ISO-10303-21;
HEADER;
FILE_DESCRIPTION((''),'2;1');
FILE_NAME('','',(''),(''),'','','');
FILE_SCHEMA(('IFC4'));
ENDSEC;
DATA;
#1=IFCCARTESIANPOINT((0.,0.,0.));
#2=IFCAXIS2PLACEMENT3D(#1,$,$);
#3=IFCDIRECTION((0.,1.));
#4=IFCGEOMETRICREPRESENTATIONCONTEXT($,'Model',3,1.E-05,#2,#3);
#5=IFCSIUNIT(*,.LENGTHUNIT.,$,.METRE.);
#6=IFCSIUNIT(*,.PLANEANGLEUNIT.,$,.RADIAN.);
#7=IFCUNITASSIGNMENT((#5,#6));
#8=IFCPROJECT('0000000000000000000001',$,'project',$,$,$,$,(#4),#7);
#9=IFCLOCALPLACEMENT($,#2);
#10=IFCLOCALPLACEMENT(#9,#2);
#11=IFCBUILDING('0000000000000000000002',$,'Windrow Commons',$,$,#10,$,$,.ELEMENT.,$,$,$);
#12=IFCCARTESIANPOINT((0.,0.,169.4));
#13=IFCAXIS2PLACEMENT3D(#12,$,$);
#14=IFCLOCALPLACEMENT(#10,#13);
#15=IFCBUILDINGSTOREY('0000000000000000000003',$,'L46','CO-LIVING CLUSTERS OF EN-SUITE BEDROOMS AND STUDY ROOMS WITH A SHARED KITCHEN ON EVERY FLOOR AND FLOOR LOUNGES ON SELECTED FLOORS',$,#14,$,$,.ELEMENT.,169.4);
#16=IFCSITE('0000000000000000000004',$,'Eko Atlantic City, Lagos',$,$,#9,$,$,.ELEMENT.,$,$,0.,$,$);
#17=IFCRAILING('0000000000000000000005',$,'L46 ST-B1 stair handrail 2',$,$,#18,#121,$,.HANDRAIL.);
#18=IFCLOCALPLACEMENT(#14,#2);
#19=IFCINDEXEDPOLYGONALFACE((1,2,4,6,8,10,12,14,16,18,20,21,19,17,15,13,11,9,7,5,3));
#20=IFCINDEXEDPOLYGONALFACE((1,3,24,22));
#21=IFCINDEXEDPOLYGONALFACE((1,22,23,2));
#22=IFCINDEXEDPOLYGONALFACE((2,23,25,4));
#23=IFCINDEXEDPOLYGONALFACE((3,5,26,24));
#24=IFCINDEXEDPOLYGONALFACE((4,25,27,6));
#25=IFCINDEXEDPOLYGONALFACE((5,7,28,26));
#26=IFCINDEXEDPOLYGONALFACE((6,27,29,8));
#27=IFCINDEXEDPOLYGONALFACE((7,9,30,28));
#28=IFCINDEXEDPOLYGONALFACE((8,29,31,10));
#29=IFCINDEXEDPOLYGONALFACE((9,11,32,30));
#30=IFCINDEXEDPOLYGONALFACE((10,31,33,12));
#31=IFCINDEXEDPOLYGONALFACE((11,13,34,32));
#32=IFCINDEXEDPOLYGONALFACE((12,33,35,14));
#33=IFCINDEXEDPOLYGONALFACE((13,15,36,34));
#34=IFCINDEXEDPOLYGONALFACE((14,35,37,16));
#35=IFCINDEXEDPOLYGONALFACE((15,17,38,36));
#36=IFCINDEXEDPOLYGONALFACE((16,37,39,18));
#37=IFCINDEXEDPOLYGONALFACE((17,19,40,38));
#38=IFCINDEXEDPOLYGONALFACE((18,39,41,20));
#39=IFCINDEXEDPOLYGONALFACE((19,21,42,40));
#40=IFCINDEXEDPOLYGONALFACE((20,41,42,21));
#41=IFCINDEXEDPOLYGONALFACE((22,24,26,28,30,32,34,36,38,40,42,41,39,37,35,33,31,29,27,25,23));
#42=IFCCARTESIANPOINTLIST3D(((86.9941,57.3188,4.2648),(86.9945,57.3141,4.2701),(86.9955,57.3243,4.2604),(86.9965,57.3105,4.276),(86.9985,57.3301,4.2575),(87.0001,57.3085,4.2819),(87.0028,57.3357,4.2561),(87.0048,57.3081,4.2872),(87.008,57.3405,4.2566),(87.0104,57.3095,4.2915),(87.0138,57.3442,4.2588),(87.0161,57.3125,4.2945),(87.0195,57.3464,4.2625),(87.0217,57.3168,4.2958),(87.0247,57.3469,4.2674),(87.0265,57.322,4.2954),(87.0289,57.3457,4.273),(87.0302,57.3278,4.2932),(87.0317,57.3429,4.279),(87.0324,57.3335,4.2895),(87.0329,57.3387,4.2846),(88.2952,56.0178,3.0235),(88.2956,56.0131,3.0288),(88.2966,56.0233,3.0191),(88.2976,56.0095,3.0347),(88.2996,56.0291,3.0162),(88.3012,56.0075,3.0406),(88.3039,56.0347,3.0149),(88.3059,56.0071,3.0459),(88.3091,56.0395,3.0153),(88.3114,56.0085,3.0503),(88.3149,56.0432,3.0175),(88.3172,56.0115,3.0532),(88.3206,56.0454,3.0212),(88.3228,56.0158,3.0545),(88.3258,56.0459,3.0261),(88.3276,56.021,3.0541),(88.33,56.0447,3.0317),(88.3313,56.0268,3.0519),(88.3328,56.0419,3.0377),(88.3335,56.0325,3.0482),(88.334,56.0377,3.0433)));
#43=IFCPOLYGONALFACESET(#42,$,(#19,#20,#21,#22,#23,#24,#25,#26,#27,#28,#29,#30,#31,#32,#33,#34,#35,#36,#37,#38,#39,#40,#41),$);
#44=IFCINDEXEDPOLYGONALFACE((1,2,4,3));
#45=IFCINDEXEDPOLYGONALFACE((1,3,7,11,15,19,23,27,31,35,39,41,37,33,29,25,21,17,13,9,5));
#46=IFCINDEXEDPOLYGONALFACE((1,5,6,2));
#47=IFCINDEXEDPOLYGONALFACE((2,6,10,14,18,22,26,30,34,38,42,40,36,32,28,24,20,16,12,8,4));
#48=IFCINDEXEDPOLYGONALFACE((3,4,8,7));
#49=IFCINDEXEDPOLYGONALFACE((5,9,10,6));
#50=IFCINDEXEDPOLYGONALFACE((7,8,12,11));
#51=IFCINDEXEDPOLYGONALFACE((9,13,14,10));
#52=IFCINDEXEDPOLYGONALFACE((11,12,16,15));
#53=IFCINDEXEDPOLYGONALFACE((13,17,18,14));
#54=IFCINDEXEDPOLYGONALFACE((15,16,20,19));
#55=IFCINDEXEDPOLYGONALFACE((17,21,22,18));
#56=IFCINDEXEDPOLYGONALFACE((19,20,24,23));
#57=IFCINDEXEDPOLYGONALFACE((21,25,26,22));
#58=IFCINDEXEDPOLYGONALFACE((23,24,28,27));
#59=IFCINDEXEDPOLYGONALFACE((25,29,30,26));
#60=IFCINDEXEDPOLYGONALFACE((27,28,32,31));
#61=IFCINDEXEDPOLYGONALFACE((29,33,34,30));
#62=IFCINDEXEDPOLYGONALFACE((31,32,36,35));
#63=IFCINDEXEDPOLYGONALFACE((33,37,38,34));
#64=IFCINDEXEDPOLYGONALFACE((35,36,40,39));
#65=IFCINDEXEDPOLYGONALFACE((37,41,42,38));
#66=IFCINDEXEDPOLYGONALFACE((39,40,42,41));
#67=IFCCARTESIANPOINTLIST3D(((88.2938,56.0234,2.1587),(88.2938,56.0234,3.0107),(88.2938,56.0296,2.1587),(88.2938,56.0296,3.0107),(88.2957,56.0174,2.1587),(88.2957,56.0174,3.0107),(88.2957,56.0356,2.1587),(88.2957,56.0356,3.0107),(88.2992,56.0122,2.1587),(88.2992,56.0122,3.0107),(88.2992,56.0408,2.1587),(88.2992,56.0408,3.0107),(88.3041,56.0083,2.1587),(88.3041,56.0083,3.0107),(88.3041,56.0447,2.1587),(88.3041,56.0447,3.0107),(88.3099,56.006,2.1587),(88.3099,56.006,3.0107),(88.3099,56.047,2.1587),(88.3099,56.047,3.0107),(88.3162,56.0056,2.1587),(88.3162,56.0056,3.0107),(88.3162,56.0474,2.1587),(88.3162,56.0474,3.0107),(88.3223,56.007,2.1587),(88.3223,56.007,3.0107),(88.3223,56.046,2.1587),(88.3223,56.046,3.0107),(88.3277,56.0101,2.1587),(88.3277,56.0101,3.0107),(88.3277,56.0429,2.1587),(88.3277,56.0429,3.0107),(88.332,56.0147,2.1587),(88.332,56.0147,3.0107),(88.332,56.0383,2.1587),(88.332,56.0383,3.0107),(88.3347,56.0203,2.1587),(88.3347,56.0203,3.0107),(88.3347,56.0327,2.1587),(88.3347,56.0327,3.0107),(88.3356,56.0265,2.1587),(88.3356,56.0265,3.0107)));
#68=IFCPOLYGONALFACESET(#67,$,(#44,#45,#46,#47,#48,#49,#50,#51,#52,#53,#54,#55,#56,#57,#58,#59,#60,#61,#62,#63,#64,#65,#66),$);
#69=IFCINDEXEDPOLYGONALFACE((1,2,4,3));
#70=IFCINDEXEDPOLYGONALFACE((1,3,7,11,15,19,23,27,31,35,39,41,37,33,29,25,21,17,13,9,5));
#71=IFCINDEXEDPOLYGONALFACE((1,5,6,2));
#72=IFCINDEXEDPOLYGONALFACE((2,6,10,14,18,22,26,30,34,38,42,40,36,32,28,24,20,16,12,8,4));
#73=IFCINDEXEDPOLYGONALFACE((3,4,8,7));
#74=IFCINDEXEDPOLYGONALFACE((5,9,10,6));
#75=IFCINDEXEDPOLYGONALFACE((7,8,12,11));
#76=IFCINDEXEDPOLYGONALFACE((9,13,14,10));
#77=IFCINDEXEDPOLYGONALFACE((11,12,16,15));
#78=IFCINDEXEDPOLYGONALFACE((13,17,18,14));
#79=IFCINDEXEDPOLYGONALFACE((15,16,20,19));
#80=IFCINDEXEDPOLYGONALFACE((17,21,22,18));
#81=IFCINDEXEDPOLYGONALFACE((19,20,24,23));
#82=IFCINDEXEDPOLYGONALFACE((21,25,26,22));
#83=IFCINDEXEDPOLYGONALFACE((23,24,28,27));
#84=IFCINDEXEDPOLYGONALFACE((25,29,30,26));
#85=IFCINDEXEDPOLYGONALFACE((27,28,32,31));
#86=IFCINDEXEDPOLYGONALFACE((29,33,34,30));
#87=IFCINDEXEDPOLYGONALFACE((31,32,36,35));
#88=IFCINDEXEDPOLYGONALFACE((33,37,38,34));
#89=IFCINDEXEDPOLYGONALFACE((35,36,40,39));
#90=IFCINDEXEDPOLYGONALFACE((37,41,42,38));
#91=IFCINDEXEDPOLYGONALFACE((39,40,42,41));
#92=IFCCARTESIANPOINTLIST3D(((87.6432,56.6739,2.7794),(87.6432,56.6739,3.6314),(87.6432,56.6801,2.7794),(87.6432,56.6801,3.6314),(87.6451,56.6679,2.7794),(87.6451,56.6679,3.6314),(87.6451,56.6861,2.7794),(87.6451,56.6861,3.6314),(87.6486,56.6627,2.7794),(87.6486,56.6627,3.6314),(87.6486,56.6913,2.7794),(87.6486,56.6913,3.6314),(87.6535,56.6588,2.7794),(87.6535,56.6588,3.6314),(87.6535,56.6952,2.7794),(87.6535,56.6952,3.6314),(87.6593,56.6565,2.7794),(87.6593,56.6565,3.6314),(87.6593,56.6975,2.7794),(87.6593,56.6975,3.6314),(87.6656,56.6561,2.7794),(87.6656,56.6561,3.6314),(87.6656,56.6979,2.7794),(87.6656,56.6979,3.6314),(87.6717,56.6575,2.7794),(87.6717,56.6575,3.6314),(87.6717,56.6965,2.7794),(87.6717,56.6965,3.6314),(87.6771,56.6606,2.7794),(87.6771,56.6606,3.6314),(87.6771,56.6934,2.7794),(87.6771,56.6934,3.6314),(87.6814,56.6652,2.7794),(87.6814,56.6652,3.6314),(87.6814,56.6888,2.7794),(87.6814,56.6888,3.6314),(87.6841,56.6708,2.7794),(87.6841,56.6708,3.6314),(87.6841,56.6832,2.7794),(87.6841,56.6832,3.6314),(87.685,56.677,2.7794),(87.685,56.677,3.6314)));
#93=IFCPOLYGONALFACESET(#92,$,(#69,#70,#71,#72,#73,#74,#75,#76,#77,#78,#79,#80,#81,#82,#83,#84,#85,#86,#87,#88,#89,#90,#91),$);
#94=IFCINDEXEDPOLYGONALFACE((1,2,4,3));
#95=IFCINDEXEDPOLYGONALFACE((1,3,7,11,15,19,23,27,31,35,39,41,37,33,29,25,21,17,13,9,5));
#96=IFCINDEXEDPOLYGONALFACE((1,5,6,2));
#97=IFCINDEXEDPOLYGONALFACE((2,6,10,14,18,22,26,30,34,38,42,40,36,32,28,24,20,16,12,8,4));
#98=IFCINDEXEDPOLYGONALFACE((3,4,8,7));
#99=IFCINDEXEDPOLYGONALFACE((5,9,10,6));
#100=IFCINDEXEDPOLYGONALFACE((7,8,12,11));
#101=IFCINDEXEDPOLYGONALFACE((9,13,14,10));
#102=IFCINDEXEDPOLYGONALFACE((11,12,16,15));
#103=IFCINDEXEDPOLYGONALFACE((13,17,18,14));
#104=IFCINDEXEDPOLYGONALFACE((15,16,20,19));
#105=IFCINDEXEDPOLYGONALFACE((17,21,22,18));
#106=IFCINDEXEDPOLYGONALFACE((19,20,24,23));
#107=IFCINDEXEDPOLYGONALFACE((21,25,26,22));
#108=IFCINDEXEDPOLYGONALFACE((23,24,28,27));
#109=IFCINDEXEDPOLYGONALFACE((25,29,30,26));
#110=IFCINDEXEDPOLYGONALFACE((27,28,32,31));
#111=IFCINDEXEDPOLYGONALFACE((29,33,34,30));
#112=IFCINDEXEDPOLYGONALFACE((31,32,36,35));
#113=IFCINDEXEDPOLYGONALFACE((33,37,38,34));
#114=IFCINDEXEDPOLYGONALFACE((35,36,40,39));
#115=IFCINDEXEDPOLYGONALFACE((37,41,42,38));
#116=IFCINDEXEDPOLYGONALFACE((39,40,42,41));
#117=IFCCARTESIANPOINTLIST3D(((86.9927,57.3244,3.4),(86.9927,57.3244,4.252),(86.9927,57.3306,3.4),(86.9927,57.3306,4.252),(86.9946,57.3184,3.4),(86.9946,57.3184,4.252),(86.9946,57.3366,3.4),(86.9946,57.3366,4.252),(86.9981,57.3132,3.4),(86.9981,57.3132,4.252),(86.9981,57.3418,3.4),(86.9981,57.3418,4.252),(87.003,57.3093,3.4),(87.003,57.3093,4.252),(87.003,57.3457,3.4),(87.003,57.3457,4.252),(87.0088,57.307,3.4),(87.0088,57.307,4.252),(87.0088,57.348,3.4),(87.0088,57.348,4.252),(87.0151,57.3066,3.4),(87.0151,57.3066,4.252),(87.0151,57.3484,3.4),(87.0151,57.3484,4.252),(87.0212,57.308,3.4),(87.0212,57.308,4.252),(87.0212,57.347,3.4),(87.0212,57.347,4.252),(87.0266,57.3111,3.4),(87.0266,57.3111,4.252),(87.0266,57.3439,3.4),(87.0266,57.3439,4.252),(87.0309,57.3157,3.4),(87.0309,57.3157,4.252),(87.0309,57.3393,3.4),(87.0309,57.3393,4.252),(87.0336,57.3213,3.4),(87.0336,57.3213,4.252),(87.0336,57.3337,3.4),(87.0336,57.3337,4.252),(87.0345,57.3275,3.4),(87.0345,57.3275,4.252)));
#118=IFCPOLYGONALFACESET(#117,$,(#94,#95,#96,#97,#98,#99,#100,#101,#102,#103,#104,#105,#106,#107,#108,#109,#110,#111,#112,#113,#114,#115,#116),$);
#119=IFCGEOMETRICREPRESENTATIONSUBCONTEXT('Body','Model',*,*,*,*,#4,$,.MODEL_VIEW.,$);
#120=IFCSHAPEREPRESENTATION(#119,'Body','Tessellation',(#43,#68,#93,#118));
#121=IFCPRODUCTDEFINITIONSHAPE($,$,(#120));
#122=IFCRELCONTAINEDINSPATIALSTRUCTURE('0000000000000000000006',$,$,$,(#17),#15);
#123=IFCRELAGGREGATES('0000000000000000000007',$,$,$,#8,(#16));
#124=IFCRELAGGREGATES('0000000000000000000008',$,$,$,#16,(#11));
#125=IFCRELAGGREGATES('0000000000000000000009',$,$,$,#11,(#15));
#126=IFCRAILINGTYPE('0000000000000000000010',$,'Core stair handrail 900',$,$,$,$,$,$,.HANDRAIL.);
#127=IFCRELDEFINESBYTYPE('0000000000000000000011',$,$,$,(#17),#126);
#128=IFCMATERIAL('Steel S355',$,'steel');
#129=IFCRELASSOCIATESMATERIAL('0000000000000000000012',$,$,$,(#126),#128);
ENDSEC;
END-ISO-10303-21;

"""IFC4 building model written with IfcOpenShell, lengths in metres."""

from ifc_helpers import new_model, si_unit, direction, frame, origin, origin_2d, place, context, subcontext, project, spatial, circle, extrude, material, type_object, element, save


model = new_model("IFC4")

# Units and contexts
model_context = context("Model", 3, precision=1e-05, world=origin(), true_north=direction((0.0, 1.0)))
body_context = subcontext(model_context, "Body", "Model", "MODEL_VIEW")
ifc_project = project(units=[si_unit("LENGTHUNIT", "METRE"), si_unit("PLANEANGLEUNIT", "RADIAN")], contexts=[model_context])

# Site, building, storey
site_placement = place(None, origin())
site = spatial("IfcSite", under=ifc_project, at=site_placement, Name="Eko Atlantic City, Lagos", CompositionType="ELEMENT", RefElevation=0.0)
building_placement = place(site_placement, origin())
building = spatial("IfcBuilding", under=site, at=building_placement, Name="Windrow Commons", CompositionType="ELEMENT")
storey_placement = place(building_placement, frame((0.0, 0.0, 169.4)))
storey = spatial("IfcBuildingStorey", under=building, at=storey_placement, Name="L46", Description="CO-LIVING CLUSTERS OF EN-SUITE BEDROOMS AND STUDY ROOMS WITH A SHARED KITCHEN ON EVERY FLOOR AND FLOOR LOUNGES ON SELECTED FLOORS", CompositionType="ELEMENT", Elevation=169.4)

# Railing
ifc_material_1 = material(Name="Steel S355", Category="steel")
railing_type_1 = type_object("IfcRailingType", Name="Core stair handrail 900", PredefinedType="HANDRAIL", material=ifc_material_1)
railing_1_placement = place(storey_placement, frame((88.3146, 56.0265, 2.1587)))
element("IfcRailing", 1, at=railing_1_placement, inside=storey, type_object=railing_type_1, Name="L46 ST-B1 stair handrail 2", PredefinedType="HANDRAIL", context=body_context, shape_type="SweptSolid", body=[
    extrude(circle(Radius=0.024, at=origin_2d()), frame((0.0, 0.0, 0.876), z_axis=(-0.586207, 0.586162, 0.559264), x_axis=(-0.70708, -0.707134, 0.0)), (0.0, 0.0, 1.0), 2.2195),
    extrude(circle(Radius=0.021, at=origin_2d()), origin(), (0.0, 0.0, 1.0), 0.852),
    extrude(circle(Radius=0.021, at=origin_2d()), frame((-0.6506, 0.6505, 0.6207)), (0.0, 0.0, 1.0), 0.852),
    extrude(circle(Radius=0.021, at=origin_2d()), frame((-1.3011, 1.301, 1.2413)), (0.0, 0.0, 1.0), 0.852),
])

save(model, "model.ifc")
